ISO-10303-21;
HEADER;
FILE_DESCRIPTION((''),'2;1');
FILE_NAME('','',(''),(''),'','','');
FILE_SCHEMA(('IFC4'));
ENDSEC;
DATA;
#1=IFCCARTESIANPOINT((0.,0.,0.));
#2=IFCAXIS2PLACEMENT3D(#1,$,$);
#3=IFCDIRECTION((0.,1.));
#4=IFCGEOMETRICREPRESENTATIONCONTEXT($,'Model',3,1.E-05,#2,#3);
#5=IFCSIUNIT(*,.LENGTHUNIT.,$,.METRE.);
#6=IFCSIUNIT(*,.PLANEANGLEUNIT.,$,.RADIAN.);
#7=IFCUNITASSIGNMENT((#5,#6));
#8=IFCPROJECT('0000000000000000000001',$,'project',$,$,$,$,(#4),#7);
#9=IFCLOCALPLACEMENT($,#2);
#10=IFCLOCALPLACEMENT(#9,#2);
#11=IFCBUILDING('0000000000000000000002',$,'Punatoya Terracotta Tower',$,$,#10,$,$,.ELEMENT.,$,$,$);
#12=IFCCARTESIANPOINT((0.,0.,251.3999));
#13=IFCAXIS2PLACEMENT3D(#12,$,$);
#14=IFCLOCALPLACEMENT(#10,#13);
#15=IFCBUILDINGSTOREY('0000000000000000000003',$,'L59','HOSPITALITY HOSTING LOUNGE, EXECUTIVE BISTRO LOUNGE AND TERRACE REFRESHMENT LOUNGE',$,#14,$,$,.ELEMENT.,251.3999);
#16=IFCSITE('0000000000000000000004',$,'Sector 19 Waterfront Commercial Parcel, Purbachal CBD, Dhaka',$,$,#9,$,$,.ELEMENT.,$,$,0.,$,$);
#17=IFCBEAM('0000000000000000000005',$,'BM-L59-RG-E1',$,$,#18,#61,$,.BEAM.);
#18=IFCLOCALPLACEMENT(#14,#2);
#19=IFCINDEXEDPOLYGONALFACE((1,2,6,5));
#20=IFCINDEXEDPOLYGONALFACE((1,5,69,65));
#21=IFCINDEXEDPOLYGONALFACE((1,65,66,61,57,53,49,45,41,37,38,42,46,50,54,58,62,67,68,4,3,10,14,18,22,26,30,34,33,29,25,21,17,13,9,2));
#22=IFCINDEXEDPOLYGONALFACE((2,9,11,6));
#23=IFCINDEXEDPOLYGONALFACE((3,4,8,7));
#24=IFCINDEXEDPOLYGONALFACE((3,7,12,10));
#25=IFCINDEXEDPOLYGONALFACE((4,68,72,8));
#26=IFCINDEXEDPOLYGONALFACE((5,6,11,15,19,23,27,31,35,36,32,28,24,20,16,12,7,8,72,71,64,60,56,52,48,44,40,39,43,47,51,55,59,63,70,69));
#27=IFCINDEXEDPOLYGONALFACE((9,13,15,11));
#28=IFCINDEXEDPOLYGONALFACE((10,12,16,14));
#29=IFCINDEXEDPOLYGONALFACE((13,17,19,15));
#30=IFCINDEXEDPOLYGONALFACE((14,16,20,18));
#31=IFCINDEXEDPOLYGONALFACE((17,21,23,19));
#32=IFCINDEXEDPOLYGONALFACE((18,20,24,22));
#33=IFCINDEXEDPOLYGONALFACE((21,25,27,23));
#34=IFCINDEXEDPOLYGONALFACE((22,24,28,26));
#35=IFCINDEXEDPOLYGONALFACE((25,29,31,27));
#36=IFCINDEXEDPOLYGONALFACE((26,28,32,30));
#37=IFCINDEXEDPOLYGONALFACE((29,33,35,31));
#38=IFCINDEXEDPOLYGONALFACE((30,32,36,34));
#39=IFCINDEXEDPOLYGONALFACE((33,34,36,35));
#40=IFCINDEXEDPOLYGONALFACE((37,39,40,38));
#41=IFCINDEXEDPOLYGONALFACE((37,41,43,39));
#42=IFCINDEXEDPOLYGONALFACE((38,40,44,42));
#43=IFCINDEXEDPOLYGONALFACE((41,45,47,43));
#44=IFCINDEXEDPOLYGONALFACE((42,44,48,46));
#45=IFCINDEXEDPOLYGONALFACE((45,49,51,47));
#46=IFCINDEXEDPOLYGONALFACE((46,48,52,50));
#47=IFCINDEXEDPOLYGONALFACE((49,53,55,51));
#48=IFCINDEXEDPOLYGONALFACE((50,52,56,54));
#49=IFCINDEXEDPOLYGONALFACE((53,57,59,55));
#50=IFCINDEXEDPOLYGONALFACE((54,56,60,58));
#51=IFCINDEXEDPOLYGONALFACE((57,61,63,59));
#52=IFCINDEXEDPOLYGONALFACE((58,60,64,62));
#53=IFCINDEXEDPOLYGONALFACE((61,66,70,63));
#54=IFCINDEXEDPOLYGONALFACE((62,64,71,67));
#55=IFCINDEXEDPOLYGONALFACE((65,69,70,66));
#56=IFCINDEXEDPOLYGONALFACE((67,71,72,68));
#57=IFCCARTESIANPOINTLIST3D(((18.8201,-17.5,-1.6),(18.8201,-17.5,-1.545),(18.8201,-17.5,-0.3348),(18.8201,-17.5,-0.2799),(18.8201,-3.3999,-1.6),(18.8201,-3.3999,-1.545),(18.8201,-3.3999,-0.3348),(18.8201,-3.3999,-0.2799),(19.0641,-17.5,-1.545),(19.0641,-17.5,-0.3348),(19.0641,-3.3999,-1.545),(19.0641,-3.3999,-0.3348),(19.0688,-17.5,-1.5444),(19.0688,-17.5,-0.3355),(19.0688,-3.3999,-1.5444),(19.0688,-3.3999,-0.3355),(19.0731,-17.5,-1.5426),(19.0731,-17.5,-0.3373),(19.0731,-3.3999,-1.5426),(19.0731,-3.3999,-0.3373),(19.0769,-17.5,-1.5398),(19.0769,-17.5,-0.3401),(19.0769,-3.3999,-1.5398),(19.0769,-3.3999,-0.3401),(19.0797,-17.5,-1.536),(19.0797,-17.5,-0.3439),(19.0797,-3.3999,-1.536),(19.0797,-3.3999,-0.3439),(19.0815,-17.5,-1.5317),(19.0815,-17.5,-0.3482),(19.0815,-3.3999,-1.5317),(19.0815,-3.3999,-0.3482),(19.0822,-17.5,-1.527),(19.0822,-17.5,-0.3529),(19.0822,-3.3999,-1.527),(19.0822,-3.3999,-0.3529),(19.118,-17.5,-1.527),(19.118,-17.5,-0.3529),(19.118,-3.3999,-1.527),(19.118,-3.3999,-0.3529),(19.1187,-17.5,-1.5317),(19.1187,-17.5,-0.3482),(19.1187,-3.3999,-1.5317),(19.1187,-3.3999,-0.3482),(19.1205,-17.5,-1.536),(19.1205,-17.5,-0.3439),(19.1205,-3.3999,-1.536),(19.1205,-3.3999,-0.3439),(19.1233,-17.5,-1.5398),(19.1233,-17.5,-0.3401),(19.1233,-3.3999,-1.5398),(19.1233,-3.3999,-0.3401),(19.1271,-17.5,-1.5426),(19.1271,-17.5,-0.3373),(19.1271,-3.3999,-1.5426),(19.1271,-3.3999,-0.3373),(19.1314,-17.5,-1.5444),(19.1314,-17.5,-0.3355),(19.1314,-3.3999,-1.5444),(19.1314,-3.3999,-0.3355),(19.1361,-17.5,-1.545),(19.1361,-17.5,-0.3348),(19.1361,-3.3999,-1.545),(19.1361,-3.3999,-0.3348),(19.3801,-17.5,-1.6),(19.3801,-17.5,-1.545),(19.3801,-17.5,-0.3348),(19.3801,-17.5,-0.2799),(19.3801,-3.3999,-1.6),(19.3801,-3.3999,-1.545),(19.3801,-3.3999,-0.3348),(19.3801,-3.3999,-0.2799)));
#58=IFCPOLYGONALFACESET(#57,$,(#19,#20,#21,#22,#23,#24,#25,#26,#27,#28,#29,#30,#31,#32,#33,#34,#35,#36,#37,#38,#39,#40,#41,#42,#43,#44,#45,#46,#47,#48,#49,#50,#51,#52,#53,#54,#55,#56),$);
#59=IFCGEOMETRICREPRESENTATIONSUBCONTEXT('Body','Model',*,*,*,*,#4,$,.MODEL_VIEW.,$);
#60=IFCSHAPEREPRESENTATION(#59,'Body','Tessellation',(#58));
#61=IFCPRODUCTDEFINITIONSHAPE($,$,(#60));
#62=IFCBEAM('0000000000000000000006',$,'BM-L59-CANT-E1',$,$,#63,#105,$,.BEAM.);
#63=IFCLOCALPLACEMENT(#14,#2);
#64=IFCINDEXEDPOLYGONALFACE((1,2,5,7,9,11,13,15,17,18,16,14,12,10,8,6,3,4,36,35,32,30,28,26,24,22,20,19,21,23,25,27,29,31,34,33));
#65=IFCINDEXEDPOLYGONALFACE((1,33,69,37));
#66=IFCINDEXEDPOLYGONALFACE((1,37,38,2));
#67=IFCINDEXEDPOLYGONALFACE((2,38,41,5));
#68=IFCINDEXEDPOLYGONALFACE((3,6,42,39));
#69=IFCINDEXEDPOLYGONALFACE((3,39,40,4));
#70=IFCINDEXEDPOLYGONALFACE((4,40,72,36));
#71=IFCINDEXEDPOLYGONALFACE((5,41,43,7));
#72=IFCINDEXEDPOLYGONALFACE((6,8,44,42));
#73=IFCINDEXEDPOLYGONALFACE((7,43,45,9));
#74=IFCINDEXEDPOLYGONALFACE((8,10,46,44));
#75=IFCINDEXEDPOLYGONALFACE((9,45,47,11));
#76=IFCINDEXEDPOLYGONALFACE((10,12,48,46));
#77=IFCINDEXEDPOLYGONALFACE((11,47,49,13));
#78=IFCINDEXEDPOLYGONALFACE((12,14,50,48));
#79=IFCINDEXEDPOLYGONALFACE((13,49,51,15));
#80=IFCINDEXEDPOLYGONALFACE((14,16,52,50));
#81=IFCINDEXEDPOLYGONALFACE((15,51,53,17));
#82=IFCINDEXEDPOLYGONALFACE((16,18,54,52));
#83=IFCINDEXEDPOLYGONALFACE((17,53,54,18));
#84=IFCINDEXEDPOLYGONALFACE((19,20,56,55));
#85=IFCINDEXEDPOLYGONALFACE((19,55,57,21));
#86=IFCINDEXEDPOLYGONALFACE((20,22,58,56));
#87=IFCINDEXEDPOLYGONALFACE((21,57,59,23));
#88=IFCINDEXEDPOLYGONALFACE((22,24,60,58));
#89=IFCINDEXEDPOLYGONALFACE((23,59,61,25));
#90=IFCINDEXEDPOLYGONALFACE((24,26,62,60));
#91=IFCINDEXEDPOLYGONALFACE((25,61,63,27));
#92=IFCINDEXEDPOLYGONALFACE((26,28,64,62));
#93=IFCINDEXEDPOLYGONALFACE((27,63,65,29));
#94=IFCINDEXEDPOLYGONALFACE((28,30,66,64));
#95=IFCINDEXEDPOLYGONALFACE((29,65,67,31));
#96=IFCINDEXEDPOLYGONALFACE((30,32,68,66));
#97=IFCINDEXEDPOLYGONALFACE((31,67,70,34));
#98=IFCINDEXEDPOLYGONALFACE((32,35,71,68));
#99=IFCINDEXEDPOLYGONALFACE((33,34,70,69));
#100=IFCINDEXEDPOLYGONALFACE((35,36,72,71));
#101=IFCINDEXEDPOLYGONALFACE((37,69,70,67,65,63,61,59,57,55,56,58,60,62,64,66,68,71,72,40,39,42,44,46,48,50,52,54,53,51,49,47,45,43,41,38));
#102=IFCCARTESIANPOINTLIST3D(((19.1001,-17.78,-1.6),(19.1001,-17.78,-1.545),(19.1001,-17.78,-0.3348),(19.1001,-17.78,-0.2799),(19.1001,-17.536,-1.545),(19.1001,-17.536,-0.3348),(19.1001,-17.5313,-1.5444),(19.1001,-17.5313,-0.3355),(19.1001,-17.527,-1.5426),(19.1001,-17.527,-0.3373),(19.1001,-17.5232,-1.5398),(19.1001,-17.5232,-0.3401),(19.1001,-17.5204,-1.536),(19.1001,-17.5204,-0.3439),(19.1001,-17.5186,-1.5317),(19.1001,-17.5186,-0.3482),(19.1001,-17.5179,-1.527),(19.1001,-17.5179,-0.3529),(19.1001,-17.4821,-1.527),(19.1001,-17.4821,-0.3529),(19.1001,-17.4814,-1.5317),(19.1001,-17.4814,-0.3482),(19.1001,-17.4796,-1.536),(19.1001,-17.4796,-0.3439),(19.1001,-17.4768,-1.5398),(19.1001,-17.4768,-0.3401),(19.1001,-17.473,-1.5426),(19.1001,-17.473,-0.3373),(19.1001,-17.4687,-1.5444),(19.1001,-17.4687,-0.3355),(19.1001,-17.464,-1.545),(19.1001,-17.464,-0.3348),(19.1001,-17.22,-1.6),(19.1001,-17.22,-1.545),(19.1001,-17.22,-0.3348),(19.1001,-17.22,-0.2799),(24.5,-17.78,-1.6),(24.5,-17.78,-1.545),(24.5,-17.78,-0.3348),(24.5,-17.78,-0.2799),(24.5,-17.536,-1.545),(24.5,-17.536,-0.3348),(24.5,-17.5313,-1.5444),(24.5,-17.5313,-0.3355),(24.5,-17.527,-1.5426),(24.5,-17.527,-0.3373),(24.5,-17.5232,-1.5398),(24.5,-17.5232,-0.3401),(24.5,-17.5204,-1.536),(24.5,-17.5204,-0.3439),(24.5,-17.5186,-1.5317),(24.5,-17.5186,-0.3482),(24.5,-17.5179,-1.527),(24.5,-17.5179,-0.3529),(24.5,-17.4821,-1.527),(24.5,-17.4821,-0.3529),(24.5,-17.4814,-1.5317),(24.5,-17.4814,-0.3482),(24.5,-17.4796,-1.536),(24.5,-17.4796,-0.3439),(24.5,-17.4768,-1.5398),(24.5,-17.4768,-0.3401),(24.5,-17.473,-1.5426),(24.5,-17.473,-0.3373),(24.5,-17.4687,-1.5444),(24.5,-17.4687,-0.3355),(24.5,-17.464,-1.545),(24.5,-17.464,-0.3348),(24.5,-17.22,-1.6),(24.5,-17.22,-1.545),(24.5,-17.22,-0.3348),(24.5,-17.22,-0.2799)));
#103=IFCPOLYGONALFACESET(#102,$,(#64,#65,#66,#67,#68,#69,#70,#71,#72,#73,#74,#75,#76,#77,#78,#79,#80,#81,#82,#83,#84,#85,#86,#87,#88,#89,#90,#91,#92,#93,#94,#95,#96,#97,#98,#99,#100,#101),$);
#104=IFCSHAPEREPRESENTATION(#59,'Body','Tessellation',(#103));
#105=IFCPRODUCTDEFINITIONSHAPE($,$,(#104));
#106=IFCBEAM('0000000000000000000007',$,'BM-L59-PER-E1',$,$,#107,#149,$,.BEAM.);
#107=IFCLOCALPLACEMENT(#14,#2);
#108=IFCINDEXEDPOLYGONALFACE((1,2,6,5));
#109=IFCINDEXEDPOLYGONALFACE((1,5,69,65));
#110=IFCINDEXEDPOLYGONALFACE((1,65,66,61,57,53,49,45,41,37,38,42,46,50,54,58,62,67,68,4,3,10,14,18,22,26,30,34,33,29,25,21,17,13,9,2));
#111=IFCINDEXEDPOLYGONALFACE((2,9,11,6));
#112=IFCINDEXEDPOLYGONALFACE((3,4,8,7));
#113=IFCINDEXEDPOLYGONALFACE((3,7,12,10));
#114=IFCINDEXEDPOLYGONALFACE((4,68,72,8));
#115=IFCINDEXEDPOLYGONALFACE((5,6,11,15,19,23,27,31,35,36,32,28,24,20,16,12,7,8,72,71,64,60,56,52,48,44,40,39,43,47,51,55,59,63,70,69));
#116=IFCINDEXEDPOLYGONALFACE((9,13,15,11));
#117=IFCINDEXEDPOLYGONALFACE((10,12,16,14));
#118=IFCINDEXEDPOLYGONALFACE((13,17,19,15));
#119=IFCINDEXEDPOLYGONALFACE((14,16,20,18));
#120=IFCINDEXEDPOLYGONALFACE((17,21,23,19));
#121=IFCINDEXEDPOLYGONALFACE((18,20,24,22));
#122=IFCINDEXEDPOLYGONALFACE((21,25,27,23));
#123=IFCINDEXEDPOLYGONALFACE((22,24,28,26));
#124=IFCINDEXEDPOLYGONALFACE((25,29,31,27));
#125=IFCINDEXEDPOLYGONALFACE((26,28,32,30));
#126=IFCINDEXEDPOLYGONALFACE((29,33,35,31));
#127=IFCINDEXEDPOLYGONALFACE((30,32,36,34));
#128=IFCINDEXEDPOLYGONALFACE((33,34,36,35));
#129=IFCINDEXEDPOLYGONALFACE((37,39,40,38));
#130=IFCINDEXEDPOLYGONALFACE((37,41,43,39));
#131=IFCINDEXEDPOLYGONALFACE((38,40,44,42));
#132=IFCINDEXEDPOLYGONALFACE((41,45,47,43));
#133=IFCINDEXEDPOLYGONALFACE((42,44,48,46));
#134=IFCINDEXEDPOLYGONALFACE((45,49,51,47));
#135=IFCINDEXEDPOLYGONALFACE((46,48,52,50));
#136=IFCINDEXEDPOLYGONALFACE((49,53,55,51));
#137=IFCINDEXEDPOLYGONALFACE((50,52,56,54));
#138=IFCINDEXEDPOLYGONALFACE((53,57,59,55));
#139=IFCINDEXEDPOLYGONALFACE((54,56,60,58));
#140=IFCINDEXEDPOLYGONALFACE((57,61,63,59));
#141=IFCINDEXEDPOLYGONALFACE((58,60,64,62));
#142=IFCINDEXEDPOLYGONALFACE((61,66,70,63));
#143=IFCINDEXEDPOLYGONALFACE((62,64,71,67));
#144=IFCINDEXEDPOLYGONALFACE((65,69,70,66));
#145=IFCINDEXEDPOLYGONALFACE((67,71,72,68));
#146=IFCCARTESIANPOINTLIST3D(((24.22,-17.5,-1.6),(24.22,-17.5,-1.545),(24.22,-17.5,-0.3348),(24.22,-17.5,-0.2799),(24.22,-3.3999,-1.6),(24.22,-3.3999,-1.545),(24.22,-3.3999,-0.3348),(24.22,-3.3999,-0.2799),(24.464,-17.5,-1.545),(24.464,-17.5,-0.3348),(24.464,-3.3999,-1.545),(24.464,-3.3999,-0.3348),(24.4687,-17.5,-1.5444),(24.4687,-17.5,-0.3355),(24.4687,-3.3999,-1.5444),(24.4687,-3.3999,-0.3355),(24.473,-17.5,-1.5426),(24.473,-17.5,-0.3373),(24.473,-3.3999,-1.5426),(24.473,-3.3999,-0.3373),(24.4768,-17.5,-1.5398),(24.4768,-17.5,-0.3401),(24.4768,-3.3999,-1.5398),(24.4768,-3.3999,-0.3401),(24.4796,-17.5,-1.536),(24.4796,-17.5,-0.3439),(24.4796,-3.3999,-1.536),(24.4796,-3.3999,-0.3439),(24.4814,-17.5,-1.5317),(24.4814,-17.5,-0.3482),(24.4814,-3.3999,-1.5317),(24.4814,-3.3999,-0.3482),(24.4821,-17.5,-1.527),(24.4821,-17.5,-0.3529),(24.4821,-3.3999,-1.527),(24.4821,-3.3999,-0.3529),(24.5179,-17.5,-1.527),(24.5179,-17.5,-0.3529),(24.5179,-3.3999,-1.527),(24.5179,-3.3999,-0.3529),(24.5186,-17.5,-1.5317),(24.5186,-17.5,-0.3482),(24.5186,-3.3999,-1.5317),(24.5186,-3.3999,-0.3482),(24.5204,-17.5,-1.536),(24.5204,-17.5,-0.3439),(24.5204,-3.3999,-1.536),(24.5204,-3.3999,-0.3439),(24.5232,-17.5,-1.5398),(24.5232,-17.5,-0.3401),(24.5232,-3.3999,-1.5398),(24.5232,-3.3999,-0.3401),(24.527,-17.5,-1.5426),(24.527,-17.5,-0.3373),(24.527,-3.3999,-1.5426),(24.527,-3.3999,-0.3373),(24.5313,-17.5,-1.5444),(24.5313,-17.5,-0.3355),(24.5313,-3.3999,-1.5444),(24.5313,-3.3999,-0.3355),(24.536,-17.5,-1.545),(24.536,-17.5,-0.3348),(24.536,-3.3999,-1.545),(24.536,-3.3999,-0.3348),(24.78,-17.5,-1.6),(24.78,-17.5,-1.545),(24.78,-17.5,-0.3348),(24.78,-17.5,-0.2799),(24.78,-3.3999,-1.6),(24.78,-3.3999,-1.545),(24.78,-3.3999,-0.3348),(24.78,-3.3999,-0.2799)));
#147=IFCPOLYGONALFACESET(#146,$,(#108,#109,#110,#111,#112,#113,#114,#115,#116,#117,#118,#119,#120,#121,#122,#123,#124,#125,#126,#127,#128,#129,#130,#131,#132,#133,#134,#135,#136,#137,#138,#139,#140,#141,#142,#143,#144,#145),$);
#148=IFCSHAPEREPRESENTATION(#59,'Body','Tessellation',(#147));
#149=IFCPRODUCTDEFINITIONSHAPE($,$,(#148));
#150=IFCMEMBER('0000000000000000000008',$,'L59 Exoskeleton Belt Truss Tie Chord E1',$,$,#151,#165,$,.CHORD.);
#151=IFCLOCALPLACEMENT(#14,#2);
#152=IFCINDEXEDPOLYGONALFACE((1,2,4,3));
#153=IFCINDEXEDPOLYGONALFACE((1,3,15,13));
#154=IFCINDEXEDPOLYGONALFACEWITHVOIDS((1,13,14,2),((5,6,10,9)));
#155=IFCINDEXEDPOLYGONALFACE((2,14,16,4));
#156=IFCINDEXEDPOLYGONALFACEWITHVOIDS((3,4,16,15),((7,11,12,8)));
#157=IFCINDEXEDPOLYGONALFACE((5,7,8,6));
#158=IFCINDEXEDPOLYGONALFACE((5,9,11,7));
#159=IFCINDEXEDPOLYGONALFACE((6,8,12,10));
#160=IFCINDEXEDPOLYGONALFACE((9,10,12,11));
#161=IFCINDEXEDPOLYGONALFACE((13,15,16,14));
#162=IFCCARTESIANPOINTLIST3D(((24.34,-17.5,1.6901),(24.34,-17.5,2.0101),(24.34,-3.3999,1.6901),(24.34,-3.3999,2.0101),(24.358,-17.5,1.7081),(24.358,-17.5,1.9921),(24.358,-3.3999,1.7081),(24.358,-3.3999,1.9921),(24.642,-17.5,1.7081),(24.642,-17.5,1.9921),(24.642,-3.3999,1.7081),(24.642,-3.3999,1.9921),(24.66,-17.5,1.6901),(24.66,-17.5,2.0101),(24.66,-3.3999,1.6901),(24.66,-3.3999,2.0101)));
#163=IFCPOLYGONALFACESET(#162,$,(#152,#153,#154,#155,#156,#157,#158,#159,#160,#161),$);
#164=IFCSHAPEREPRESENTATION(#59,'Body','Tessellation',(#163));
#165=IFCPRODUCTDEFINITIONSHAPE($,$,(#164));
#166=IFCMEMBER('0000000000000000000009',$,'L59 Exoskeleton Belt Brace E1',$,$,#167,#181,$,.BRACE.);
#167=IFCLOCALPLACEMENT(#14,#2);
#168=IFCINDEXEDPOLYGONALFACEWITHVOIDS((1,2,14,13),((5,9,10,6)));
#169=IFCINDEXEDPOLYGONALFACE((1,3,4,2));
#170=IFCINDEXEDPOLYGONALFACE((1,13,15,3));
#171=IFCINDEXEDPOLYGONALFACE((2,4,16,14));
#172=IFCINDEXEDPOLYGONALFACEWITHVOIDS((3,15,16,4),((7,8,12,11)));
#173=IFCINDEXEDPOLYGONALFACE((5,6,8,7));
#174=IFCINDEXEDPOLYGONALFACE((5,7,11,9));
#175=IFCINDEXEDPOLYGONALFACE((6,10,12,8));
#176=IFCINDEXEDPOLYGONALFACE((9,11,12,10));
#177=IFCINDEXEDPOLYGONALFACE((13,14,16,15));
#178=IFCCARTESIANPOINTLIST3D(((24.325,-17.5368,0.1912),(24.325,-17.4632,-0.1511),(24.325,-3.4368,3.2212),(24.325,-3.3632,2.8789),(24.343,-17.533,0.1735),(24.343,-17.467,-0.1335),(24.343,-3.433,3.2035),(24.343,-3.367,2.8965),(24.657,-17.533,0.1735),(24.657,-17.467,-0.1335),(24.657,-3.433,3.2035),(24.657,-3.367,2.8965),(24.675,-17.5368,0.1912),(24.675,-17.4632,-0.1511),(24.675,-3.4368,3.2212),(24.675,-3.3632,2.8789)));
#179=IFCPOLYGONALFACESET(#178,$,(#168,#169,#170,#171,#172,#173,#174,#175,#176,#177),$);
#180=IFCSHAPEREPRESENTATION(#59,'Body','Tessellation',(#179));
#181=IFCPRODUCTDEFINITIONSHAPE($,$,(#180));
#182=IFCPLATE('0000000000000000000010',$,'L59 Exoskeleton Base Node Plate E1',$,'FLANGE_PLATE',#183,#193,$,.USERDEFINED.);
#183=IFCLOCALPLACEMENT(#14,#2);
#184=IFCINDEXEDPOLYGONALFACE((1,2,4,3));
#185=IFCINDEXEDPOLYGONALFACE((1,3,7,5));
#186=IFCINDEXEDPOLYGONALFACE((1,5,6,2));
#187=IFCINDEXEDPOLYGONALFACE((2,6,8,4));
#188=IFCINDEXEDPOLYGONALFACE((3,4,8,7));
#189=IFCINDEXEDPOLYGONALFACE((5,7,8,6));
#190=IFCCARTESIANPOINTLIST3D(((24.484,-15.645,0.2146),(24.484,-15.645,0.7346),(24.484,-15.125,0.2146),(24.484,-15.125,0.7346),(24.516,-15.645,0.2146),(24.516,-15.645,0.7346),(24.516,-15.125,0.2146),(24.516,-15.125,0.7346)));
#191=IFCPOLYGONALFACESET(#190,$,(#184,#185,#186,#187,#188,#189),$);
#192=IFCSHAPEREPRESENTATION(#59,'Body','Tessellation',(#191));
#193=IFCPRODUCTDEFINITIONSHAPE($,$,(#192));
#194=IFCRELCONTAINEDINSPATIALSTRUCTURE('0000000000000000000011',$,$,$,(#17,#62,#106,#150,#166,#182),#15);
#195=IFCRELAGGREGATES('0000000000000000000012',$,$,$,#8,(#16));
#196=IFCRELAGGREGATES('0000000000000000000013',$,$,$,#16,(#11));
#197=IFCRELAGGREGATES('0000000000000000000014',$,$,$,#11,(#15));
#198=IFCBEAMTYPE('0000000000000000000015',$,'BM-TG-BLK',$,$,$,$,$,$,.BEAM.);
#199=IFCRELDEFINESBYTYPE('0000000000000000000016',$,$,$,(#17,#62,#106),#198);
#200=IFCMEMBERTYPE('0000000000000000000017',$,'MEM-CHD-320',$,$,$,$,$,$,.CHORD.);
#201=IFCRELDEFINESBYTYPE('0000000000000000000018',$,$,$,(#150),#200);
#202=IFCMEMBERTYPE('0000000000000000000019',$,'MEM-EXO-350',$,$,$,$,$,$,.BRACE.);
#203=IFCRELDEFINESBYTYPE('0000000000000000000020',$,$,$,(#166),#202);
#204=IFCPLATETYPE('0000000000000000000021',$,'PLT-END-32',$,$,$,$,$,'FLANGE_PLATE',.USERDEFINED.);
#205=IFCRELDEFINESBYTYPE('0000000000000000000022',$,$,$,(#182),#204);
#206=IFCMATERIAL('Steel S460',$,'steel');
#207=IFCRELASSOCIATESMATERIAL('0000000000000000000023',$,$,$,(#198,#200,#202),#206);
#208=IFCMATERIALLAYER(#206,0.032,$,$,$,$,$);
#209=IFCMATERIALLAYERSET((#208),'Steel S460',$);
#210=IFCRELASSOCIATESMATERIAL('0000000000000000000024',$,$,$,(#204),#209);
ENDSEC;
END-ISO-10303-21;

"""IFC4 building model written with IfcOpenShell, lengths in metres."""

from ifc_helpers import new_model, si_unit, direction, frame, origin, origin_2d, place, context, subcontext, project, spatial, rectangle, hollow_rectangle, i_section, extrude, material, layer, layer_set, material_profile, profile_set, type_object, element, save


model = new_model("IFC4")

# Units and contexts
model_context = context("Model", 3, precision=1e-05, world=origin(), true_north=direction((0.0, 1.0)))
body_context = subcontext(model_context, "Body", "Model", "MODEL_VIEW")
ifc_project = project(units=[si_unit("LENGTHUNIT", "METRE"), si_unit("PLANEANGLEUNIT", "RADIAN")], contexts=[model_context])

# Site, building, storey
site_placement = place(None, origin())
site = spatial("IfcSite", under=ifc_project, at=site_placement, Name="Sector 19 Waterfront Commercial Parcel, Purbachal CBD, Dhaka", CompositionType="ELEMENT", RefElevation=0.0)
building_placement = place(site_placement, origin())
building = spatial("IfcBuilding", under=site, at=building_placement, Name="Punatoya Terracotta Tower", CompositionType="ELEMENT")
storey_placement = place(building_placement, frame((0.0, 0.0, 251.3999)))
storey = spatial("IfcBuildingStorey", under=building, at=storey_placement, Name="L59", Description="HOSPITALITY HOSTING LOUNGE, EXECUTIVE BISTRO LOUNGE AND TERRACE REFRESHMENT LOUNGE", CompositionType="ELEMENT", Elevation=251.3999)

# Shared definitions
ifc_material_1 = material(Name="Steel S460", Category="steel")

# Beams
ifc_material_profile_1 = material_profile(ifc_material_1, i_section(OverallWidth=0.5601, OverallDepth=1.3201, WebThickness=0.0359, FlangeThickness=0.0549, FilletRadius=0.0181, at=origin_2d()))
ifc_profile_set_1 = profile_set([ifc_material_profile_1], Name="Steel S460")
beam_type_1 = type_object("IfcBeamType", Name="BM-TG-BLK", PredefinedType="BEAM", material=ifc_profile_set_1)
beam_1_placement = place(storey_placement, frame((19.1001, -17.5, -0.9399), z_axis=(0.0, 1.0, 0.0), x_axis=(-1.0, 0.0, 0.0)))
element("IfcBeam", 1, at=beam_1_placement, inside=storey, type_object=beam_type_1, Name="BM-L59-RG-E1", PredefinedType="BEAM", context=body_context, shape_type="SweptSolid", body=[
    extrude(i_section(OverallWidth=0.5601, OverallDepth=1.3201, WebThickness=0.0359, FlangeThickness=0.0549, FilletRadius=0.0181, at=origin_2d()), origin(), (0.0, 0.0, 1.0), 14.1001),
])
beam_2_placement = place(storey_placement, frame((19.1001, -17.5, -0.9399), z_axis=(1.0, 0.0, 0.0), x_axis=(0.0, 1.0, 0.0)))
element("IfcBeam", 2, at=beam_2_placement, inside=storey, type_object=beam_type_1, Name="BM-L59-CANT-E1", PredefinedType="BEAM", context=body_context, shape_type="SweptSolid", body=[
    extrude(i_section(OverallWidth=0.5601, OverallDepth=1.3201, WebThickness=0.0359, FlangeThickness=0.0549, FilletRadius=0.0181, at=origin_2d()), origin(), (0.0, 0.0, 1.0), 5.3999),
])
beam_3_placement = place(storey_placement, frame((24.5, -17.5, -0.9399), z_axis=(0.0, 1.0, 0.0), x_axis=(-1.0, 0.0, 0.0)))
element("IfcBeam", 3, at=beam_3_placement, inside=storey, type_object=beam_type_1, Name="BM-L59-PER-E1", PredefinedType="BEAM", context=body_context, shape_type="SweptSolid", body=[
    extrude(i_section(OverallWidth=0.5601, OverallDepth=1.3201, WebThickness=0.0359, FlangeThickness=0.0549, FilletRadius=0.0181, at=origin_2d()), origin(), (0.0, 0.0, 1.0), 14.1001),
])

# Members
ifc_material_profile_2 = material_profile(ifc_material_1, hollow_rectangle(XDim=0.3201, YDim=0.3201, WallThickness=0.0181, at=origin_2d()))
ifc_profile_set_2 = profile_set([ifc_material_profile_2], Name="Steel S460")
member_type_1 = type_object("IfcMemberType", Name="MEM-CHD-320", PredefinedType="CHORD", material=ifc_profile_set_2)
member_1_placement = place(storey_placement, frame((24.5, -17.5, 1.8501), z_axis=(0.0, 1.0, 0.0), x_axis=(-1.0, 0.0, 0.0)))
element("IfcMember", 4, at=member_1_placement, inside=storey, type_object=member_type_1, Name="L59 Exoskeleton Belt Truss Tie Chord E1", PredefinedType="CHORD", context=body_context, shape_type="SweptSolid", body=[
    extrude(hollow_rectangle(XDim=0.3201, YDim=0.3201, WallThickness=0.0181, at=origin_2d()), origin(), (0.0, 0.0, 1.0), 14.1001),
])
ifc_material_profile_3 = material_profile(ifc_material_1, hollow_rectangle(XDim=0.3501, YDim=0.3501, WallThickness=0.0181, at=origin_2d()))
ifc_profile_set_3 = profile_set([ifc_material_profile_3], Name="Steel S460")
member_type_2 = type_object("IfcMemberType", Name="MEM-EXO-350", PredefinedType="BRACE", material=ifc_profile_set_3)
member_2_placement = place(storey_placement, frame((24.5, -17.5, 0.02), z_axis=(0.0, 0.97768, 0.210098), x_axis=(-1.0, 0.0, 0.0)))
element("IfcMember", 5, at=member_2_placement, inside=storey, type_object=member_type_2, Name="L59 Exoskeleton Belt Brace E1", PredefinedType="BRACE", context=body_context, shape_type="SweptSolid", body=[
    extrude(hollow_rectangle(XDim=0.3501, YDim=0.3501, WallThickness=0.0181, at=origin_2d()), origin(), (0.0, 0.0, 1.0), 14.4219),
])

# Plate
ifc_layer_1 = layer(ifc_material_1, 0.032)
ifc_layer_set_1 = layer_set([ifc_layer_1], Name="Steel S460")
plate_type_1 = type_object("IfcPlateType", Name="PLT-END-32", ElementType="FLANGE_PLATE", PredefinedType="USERDEFINED", material=ifc_layer_set_1)
plate_1_placement = place(storey_placement, frame((24.5, -15.385, 0.2146), z_axis=(0.0, 0.0, 1.0), x_axis=(0.0, 1.0, 0.0)))
element("IfcPlate", 6, at=plate_1_placement, inside=storey, type_object=plate_type_1, Name="L59 Exoskeleton Base Node Plate E1", ObjectType="FLANGE_PLATE", PredefinedType="USERDEFINED", context=body_context, shape_type="SweptSolid", body=[
    extrude(rectangle(XDim=0.52, YDim=0.032, at=origin_2d()), origin(), (0.0, 0.0, 1.0), 0.52),
])

save(model, "model.ifc")
